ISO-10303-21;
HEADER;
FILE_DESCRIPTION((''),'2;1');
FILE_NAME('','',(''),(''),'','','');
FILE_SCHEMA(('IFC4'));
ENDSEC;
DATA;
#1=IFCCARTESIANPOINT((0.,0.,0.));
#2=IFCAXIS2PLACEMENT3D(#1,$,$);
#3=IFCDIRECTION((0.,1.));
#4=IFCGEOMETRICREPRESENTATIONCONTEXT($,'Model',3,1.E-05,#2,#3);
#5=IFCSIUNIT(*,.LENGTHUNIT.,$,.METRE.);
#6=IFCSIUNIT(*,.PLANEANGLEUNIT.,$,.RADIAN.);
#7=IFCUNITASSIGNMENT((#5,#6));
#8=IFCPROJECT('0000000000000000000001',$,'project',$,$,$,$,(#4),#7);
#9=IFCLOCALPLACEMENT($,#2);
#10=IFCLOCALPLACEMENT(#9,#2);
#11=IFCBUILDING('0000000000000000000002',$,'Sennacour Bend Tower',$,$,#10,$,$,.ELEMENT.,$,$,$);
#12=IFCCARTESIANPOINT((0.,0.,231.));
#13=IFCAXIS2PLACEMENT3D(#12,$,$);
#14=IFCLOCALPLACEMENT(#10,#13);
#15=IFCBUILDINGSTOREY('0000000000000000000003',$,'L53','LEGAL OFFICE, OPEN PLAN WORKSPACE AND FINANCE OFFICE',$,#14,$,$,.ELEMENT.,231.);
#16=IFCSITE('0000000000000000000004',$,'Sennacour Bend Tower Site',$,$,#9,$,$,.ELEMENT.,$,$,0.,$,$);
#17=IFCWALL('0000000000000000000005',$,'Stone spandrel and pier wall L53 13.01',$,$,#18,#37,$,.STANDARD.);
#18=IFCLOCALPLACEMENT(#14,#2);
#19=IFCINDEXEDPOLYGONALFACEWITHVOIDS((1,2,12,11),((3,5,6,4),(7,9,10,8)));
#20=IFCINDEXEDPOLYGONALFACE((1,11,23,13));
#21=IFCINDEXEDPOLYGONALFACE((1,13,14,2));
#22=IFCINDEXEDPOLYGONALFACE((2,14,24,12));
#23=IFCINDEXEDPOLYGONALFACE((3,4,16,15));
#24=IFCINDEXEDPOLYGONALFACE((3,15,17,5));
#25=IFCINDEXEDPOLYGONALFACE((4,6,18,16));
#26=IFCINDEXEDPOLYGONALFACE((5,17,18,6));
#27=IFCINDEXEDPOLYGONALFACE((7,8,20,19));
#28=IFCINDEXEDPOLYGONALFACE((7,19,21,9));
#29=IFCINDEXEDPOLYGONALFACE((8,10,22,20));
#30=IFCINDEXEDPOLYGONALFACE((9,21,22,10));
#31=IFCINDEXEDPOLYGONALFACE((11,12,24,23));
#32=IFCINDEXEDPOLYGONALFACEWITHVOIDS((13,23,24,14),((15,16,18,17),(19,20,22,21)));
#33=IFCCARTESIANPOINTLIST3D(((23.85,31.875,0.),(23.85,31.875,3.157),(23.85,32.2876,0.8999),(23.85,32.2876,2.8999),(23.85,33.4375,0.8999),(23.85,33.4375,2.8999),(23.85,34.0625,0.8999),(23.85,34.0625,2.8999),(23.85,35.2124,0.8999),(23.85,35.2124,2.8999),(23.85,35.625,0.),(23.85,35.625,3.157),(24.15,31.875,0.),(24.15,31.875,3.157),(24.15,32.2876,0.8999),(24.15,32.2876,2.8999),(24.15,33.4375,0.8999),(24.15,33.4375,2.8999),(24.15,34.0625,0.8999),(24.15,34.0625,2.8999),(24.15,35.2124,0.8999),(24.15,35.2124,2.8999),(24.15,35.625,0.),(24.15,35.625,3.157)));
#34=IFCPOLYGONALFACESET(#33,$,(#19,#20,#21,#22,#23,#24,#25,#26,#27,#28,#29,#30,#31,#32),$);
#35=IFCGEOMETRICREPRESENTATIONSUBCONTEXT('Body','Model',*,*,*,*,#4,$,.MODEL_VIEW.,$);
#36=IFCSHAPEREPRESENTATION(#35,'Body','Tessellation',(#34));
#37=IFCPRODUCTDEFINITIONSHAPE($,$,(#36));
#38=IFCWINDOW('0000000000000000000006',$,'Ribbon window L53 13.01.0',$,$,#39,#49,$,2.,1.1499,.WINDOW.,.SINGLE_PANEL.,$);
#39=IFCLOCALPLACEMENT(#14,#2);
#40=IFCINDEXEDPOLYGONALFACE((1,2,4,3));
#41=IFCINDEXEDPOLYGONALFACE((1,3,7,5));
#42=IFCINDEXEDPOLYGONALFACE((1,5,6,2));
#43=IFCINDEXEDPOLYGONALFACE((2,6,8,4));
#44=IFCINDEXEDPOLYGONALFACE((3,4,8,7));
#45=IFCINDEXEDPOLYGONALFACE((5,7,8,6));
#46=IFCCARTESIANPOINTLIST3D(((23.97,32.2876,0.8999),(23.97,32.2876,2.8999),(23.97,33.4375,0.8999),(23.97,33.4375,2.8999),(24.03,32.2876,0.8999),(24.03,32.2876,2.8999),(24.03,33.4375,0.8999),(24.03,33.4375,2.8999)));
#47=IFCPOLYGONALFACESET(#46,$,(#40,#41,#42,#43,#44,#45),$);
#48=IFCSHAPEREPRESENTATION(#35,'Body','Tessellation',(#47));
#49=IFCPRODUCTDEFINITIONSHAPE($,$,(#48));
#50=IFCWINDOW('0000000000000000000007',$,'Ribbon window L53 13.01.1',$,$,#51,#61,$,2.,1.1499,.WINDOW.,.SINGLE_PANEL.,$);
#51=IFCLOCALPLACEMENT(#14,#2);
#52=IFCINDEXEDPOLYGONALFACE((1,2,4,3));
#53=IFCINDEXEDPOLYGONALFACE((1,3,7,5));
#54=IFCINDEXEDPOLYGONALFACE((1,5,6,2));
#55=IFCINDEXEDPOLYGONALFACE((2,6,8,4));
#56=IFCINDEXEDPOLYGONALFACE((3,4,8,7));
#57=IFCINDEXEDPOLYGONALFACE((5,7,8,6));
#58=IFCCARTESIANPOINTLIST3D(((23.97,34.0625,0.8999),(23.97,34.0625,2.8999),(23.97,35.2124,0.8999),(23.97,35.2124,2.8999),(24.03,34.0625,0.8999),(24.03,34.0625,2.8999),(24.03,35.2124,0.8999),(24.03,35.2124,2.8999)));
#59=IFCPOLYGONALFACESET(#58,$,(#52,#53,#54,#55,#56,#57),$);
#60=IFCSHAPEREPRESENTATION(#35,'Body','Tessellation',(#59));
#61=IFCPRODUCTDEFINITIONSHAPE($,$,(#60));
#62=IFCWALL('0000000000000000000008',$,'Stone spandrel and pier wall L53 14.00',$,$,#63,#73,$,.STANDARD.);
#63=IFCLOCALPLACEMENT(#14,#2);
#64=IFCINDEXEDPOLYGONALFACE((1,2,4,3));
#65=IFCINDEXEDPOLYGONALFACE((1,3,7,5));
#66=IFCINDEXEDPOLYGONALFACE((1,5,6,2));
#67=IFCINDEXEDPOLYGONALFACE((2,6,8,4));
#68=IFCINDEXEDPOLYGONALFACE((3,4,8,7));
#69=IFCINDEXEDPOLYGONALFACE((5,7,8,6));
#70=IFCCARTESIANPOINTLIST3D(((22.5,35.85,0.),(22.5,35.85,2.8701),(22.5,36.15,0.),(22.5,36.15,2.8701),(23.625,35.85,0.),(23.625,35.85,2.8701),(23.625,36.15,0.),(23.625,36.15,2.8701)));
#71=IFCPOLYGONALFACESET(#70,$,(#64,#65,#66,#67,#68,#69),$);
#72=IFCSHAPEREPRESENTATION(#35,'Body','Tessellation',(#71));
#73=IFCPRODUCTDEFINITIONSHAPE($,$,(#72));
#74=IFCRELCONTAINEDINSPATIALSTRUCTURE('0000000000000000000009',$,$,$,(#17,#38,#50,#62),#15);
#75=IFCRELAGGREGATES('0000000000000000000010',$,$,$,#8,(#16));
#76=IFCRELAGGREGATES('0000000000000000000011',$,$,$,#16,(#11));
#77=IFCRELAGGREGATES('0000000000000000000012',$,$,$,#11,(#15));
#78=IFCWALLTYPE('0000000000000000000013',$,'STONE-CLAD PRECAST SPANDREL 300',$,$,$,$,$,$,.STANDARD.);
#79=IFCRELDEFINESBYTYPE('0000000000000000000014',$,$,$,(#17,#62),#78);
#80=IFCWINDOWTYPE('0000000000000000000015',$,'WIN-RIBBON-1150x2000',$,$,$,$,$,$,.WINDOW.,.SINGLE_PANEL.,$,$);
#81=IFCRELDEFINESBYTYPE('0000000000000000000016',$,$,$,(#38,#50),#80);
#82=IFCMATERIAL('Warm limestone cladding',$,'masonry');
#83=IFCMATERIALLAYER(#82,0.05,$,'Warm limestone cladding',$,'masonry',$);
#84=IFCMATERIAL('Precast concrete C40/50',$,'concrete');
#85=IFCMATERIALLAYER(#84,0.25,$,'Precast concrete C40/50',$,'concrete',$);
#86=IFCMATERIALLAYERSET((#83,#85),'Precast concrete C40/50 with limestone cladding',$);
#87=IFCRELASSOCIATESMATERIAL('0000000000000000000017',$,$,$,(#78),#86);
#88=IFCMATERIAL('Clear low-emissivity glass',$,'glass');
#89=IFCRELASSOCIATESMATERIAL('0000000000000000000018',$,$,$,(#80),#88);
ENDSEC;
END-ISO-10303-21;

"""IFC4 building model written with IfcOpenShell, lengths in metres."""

from ifc_helpers import new_model, si_unit, direction, frame, frame_2d, origin, place, context, subcontext, project, spatial, rectangle, extrude, material, layer, layer_set, type_object, element, fill, save


model = new_model("IFC4")

# Units and contexts
model_context = context("Model", 3, precision=1e-05, world=origin(), true_north=direction((0.0, 1.0)))
body_context = subcontext(model_context, "Body", "Model", "MODEL_VIEW")
ifc_project = project(units=[si_unit("LENGTHUNIT", "METRE"), si_unit("PLANEANGLEUNIT", "RADIAN")], contexts=[model_context])

# Site, building, storey
site_placement = place(None, origin())
site = spatial("IfcSite", under=ifc_project, at=site_placement, Name="Sennacour Bend Tower Site", CompositionType="ELEMENT", RefElevation=0.0)
building_placement = place(site_placement, origin())
building = spatial("IfcBuilding", under=site, at=building_placement, Name="Sennacour Bend Tower", CompositionType="ELEMENT")
storey_placement = place(building_placement, frame((0.0, 0.0, 231.0)))
storey = spatial("IfcBuildingStorey", under=building, at=storey_placement, Name="L53", Description="LEGAL OFFICE, OPEN PLAN WORKSPACE AND FINANCE OFFICE", CompositionType="ELEMENT", Elevation=231.0)

# Shared definitions
ifc_material_1 = material(Name="Warm limestone cladding", Category="masonry")
ifc_layer_1 = layer(ifc_material_1, 0.05, Name="Warm limestone cladding", Category="masonry")
ifc_material_2 = material(Name="Precast concrete C40/50", Category="concrete")
ifc_layer_2 = layer(ifc_material_2, 0.25, Name="Precast concrete C40/50", Category="concrete")
ifc_layer_set = layer_set([ifc_layer_1, ifc_layer_2], Name="Precast concrete C40/50 with limestone cladding")
wall_type = type_object("IfcWallType", Name="STONE-CLAD PRECAST SPANDREL 300", PredefinedType="STANDARD", material=ifc_layer_set)
ifc_material_3 = material(Name="Clear low-emissivity glass", Category="glass")

# Wall, openings, windows
window_type_1 = type_object("IfcWindowType", Name="WIN-RIBBON-1150x2000", PartitioningType="SINGLE_PANEL", PredefinedType="WINDOW", material=ifc_material_3)
wall_1_placement = place(storey_placement, frame((24.0, 31.875, 0.0), z_axis=(0.0, 0.0, 1.0), x_axis=(0.0, 1.0, 0.0)))
wall_1 = element("IfcWall", 1, at=wall_1_placement, inside=storey, type_object=wall_type, Name="Stone spandrel and pier wall L53 13.01", PredefinedType="STANDARD", context=body_context, shape_type="SweptSolid", body=[
    extrude(rectangle(XDim=3.75, YDim=0.3, at=frame_2d((1.875, 0.0))), origin(), (0.0, 0.0, 1.0), 3.157),
])
opening_1_placement = place(wall_1_placement, frame((0.4126, 0.0, 0.8999)))
opening_1 = element("IfcOpeningElement", 2, at=opening_1_placement, cuts=wall_1, PredefinedType="OPENING", context=body_context, shape_type="SweptSolid", body=[
    extrude(rectangle(XDim=1.1499, YDim=2.0, at=frame_2d((0.575, 1.0))), frame((0.0, 0.1602, 0.0), z_axis=(0.0, -1.0, 0.0), x_axis=(1.0, 0.0, 0.0)), (0.0, 0.0, 1.0), 0.3201),
])
opening_2_placement = place(wall_1_placement, frame((2.1875, 0.0, 0.8999)))
opening_2 = element("IfcOpeningElement", 3, at=opening_2_placement, cuts=wall_1, PredefinedType="OPENING", context=body_context, shape_type="SweptSolid", body=[
    extrude(rectangle(XDim=1.1499, YDim=2.0, at=frame_2d((0.575, 1.0))), frame((0.0, 0.1602, 0.0), z_axis=(0.0, -1.0, 0.0), x_axis=(1.0, 0.0, 0.0)), (0.0, 0.0, 1.0), 0.3201),
])
window_1_placement = place(opening_1_placement, origin())
window_1 = element("IfcWindow", 4, at=window_1_placement, inside=storey, type_object=window_type_1, Name="Ribbon window L53 13.01.0", OverallHeight=2.0, OverallWidth=1.1499, PartitioningType="SINGLE_PANEL", PredefinedType="WINDOW", context=body_context, shape_type="SweptSolid", body=[
    extrude(rectangle(XDim=1.1499, YDim=2.0, at=frame_2d((0.575, 1.0))), frame((0.0, 0.03, 0.0), z_axis=(0.0, -1.0, 0.0), x_axis=(1.0, 0.0, 0.0)), (0.0, 0.0, 1.0), 0.0601),
])
fill(opening_1, window_1)
window_2_placement = place(opening_2_placement, origin())
window_2 = element("IfcWindow", 5, at=window_2_placement, inside=storey, type_object=window_type_1, Name="Ribbon window L53 13.01.1", OverallHeight=2.0, OverallWidth=1.1499, PartitioningType="SINGLE_PANEL", PredefinedType="WINDOW", context=body_context, shape_type="SweptSolid", body=[
    extrude(rectangle(XDim=1.1499, YDim=2.0, at=frame_2d((0.575, 1.0))), frame((0.0, 0.03, 0.0), z_axis=(0.0, -1.0, 0.0), x_axis=(1.0, 0.0, 0.0)), (0.0, 0.0, 1.0), 0.0601),
])
fill(opening_2, window_2)

# Wall
wall_2_placement = place(storey_placement, frame((23.625, 36.0, 0.0), z_axis=(0.0, 0.0, 1.0), x_axis=(-1.0, 0.0, 0.0)))
element("IfcWall", 6, at=wall_2_placement, inside=storey, type_object=wall_type, Name="Stone spandrel and pier wall L53 14.00", PredefinedType="STANDARD", context=body_context, shape_type="SweptSolid", body=[
    extrude(rectangle(XDim=1.125, YDim=0.3, at=frame_2d((0.5625, 0.0))), origin(), (0.0, 0.0, 1.0), 2.8701),
])

save(model, "model.ifc")
